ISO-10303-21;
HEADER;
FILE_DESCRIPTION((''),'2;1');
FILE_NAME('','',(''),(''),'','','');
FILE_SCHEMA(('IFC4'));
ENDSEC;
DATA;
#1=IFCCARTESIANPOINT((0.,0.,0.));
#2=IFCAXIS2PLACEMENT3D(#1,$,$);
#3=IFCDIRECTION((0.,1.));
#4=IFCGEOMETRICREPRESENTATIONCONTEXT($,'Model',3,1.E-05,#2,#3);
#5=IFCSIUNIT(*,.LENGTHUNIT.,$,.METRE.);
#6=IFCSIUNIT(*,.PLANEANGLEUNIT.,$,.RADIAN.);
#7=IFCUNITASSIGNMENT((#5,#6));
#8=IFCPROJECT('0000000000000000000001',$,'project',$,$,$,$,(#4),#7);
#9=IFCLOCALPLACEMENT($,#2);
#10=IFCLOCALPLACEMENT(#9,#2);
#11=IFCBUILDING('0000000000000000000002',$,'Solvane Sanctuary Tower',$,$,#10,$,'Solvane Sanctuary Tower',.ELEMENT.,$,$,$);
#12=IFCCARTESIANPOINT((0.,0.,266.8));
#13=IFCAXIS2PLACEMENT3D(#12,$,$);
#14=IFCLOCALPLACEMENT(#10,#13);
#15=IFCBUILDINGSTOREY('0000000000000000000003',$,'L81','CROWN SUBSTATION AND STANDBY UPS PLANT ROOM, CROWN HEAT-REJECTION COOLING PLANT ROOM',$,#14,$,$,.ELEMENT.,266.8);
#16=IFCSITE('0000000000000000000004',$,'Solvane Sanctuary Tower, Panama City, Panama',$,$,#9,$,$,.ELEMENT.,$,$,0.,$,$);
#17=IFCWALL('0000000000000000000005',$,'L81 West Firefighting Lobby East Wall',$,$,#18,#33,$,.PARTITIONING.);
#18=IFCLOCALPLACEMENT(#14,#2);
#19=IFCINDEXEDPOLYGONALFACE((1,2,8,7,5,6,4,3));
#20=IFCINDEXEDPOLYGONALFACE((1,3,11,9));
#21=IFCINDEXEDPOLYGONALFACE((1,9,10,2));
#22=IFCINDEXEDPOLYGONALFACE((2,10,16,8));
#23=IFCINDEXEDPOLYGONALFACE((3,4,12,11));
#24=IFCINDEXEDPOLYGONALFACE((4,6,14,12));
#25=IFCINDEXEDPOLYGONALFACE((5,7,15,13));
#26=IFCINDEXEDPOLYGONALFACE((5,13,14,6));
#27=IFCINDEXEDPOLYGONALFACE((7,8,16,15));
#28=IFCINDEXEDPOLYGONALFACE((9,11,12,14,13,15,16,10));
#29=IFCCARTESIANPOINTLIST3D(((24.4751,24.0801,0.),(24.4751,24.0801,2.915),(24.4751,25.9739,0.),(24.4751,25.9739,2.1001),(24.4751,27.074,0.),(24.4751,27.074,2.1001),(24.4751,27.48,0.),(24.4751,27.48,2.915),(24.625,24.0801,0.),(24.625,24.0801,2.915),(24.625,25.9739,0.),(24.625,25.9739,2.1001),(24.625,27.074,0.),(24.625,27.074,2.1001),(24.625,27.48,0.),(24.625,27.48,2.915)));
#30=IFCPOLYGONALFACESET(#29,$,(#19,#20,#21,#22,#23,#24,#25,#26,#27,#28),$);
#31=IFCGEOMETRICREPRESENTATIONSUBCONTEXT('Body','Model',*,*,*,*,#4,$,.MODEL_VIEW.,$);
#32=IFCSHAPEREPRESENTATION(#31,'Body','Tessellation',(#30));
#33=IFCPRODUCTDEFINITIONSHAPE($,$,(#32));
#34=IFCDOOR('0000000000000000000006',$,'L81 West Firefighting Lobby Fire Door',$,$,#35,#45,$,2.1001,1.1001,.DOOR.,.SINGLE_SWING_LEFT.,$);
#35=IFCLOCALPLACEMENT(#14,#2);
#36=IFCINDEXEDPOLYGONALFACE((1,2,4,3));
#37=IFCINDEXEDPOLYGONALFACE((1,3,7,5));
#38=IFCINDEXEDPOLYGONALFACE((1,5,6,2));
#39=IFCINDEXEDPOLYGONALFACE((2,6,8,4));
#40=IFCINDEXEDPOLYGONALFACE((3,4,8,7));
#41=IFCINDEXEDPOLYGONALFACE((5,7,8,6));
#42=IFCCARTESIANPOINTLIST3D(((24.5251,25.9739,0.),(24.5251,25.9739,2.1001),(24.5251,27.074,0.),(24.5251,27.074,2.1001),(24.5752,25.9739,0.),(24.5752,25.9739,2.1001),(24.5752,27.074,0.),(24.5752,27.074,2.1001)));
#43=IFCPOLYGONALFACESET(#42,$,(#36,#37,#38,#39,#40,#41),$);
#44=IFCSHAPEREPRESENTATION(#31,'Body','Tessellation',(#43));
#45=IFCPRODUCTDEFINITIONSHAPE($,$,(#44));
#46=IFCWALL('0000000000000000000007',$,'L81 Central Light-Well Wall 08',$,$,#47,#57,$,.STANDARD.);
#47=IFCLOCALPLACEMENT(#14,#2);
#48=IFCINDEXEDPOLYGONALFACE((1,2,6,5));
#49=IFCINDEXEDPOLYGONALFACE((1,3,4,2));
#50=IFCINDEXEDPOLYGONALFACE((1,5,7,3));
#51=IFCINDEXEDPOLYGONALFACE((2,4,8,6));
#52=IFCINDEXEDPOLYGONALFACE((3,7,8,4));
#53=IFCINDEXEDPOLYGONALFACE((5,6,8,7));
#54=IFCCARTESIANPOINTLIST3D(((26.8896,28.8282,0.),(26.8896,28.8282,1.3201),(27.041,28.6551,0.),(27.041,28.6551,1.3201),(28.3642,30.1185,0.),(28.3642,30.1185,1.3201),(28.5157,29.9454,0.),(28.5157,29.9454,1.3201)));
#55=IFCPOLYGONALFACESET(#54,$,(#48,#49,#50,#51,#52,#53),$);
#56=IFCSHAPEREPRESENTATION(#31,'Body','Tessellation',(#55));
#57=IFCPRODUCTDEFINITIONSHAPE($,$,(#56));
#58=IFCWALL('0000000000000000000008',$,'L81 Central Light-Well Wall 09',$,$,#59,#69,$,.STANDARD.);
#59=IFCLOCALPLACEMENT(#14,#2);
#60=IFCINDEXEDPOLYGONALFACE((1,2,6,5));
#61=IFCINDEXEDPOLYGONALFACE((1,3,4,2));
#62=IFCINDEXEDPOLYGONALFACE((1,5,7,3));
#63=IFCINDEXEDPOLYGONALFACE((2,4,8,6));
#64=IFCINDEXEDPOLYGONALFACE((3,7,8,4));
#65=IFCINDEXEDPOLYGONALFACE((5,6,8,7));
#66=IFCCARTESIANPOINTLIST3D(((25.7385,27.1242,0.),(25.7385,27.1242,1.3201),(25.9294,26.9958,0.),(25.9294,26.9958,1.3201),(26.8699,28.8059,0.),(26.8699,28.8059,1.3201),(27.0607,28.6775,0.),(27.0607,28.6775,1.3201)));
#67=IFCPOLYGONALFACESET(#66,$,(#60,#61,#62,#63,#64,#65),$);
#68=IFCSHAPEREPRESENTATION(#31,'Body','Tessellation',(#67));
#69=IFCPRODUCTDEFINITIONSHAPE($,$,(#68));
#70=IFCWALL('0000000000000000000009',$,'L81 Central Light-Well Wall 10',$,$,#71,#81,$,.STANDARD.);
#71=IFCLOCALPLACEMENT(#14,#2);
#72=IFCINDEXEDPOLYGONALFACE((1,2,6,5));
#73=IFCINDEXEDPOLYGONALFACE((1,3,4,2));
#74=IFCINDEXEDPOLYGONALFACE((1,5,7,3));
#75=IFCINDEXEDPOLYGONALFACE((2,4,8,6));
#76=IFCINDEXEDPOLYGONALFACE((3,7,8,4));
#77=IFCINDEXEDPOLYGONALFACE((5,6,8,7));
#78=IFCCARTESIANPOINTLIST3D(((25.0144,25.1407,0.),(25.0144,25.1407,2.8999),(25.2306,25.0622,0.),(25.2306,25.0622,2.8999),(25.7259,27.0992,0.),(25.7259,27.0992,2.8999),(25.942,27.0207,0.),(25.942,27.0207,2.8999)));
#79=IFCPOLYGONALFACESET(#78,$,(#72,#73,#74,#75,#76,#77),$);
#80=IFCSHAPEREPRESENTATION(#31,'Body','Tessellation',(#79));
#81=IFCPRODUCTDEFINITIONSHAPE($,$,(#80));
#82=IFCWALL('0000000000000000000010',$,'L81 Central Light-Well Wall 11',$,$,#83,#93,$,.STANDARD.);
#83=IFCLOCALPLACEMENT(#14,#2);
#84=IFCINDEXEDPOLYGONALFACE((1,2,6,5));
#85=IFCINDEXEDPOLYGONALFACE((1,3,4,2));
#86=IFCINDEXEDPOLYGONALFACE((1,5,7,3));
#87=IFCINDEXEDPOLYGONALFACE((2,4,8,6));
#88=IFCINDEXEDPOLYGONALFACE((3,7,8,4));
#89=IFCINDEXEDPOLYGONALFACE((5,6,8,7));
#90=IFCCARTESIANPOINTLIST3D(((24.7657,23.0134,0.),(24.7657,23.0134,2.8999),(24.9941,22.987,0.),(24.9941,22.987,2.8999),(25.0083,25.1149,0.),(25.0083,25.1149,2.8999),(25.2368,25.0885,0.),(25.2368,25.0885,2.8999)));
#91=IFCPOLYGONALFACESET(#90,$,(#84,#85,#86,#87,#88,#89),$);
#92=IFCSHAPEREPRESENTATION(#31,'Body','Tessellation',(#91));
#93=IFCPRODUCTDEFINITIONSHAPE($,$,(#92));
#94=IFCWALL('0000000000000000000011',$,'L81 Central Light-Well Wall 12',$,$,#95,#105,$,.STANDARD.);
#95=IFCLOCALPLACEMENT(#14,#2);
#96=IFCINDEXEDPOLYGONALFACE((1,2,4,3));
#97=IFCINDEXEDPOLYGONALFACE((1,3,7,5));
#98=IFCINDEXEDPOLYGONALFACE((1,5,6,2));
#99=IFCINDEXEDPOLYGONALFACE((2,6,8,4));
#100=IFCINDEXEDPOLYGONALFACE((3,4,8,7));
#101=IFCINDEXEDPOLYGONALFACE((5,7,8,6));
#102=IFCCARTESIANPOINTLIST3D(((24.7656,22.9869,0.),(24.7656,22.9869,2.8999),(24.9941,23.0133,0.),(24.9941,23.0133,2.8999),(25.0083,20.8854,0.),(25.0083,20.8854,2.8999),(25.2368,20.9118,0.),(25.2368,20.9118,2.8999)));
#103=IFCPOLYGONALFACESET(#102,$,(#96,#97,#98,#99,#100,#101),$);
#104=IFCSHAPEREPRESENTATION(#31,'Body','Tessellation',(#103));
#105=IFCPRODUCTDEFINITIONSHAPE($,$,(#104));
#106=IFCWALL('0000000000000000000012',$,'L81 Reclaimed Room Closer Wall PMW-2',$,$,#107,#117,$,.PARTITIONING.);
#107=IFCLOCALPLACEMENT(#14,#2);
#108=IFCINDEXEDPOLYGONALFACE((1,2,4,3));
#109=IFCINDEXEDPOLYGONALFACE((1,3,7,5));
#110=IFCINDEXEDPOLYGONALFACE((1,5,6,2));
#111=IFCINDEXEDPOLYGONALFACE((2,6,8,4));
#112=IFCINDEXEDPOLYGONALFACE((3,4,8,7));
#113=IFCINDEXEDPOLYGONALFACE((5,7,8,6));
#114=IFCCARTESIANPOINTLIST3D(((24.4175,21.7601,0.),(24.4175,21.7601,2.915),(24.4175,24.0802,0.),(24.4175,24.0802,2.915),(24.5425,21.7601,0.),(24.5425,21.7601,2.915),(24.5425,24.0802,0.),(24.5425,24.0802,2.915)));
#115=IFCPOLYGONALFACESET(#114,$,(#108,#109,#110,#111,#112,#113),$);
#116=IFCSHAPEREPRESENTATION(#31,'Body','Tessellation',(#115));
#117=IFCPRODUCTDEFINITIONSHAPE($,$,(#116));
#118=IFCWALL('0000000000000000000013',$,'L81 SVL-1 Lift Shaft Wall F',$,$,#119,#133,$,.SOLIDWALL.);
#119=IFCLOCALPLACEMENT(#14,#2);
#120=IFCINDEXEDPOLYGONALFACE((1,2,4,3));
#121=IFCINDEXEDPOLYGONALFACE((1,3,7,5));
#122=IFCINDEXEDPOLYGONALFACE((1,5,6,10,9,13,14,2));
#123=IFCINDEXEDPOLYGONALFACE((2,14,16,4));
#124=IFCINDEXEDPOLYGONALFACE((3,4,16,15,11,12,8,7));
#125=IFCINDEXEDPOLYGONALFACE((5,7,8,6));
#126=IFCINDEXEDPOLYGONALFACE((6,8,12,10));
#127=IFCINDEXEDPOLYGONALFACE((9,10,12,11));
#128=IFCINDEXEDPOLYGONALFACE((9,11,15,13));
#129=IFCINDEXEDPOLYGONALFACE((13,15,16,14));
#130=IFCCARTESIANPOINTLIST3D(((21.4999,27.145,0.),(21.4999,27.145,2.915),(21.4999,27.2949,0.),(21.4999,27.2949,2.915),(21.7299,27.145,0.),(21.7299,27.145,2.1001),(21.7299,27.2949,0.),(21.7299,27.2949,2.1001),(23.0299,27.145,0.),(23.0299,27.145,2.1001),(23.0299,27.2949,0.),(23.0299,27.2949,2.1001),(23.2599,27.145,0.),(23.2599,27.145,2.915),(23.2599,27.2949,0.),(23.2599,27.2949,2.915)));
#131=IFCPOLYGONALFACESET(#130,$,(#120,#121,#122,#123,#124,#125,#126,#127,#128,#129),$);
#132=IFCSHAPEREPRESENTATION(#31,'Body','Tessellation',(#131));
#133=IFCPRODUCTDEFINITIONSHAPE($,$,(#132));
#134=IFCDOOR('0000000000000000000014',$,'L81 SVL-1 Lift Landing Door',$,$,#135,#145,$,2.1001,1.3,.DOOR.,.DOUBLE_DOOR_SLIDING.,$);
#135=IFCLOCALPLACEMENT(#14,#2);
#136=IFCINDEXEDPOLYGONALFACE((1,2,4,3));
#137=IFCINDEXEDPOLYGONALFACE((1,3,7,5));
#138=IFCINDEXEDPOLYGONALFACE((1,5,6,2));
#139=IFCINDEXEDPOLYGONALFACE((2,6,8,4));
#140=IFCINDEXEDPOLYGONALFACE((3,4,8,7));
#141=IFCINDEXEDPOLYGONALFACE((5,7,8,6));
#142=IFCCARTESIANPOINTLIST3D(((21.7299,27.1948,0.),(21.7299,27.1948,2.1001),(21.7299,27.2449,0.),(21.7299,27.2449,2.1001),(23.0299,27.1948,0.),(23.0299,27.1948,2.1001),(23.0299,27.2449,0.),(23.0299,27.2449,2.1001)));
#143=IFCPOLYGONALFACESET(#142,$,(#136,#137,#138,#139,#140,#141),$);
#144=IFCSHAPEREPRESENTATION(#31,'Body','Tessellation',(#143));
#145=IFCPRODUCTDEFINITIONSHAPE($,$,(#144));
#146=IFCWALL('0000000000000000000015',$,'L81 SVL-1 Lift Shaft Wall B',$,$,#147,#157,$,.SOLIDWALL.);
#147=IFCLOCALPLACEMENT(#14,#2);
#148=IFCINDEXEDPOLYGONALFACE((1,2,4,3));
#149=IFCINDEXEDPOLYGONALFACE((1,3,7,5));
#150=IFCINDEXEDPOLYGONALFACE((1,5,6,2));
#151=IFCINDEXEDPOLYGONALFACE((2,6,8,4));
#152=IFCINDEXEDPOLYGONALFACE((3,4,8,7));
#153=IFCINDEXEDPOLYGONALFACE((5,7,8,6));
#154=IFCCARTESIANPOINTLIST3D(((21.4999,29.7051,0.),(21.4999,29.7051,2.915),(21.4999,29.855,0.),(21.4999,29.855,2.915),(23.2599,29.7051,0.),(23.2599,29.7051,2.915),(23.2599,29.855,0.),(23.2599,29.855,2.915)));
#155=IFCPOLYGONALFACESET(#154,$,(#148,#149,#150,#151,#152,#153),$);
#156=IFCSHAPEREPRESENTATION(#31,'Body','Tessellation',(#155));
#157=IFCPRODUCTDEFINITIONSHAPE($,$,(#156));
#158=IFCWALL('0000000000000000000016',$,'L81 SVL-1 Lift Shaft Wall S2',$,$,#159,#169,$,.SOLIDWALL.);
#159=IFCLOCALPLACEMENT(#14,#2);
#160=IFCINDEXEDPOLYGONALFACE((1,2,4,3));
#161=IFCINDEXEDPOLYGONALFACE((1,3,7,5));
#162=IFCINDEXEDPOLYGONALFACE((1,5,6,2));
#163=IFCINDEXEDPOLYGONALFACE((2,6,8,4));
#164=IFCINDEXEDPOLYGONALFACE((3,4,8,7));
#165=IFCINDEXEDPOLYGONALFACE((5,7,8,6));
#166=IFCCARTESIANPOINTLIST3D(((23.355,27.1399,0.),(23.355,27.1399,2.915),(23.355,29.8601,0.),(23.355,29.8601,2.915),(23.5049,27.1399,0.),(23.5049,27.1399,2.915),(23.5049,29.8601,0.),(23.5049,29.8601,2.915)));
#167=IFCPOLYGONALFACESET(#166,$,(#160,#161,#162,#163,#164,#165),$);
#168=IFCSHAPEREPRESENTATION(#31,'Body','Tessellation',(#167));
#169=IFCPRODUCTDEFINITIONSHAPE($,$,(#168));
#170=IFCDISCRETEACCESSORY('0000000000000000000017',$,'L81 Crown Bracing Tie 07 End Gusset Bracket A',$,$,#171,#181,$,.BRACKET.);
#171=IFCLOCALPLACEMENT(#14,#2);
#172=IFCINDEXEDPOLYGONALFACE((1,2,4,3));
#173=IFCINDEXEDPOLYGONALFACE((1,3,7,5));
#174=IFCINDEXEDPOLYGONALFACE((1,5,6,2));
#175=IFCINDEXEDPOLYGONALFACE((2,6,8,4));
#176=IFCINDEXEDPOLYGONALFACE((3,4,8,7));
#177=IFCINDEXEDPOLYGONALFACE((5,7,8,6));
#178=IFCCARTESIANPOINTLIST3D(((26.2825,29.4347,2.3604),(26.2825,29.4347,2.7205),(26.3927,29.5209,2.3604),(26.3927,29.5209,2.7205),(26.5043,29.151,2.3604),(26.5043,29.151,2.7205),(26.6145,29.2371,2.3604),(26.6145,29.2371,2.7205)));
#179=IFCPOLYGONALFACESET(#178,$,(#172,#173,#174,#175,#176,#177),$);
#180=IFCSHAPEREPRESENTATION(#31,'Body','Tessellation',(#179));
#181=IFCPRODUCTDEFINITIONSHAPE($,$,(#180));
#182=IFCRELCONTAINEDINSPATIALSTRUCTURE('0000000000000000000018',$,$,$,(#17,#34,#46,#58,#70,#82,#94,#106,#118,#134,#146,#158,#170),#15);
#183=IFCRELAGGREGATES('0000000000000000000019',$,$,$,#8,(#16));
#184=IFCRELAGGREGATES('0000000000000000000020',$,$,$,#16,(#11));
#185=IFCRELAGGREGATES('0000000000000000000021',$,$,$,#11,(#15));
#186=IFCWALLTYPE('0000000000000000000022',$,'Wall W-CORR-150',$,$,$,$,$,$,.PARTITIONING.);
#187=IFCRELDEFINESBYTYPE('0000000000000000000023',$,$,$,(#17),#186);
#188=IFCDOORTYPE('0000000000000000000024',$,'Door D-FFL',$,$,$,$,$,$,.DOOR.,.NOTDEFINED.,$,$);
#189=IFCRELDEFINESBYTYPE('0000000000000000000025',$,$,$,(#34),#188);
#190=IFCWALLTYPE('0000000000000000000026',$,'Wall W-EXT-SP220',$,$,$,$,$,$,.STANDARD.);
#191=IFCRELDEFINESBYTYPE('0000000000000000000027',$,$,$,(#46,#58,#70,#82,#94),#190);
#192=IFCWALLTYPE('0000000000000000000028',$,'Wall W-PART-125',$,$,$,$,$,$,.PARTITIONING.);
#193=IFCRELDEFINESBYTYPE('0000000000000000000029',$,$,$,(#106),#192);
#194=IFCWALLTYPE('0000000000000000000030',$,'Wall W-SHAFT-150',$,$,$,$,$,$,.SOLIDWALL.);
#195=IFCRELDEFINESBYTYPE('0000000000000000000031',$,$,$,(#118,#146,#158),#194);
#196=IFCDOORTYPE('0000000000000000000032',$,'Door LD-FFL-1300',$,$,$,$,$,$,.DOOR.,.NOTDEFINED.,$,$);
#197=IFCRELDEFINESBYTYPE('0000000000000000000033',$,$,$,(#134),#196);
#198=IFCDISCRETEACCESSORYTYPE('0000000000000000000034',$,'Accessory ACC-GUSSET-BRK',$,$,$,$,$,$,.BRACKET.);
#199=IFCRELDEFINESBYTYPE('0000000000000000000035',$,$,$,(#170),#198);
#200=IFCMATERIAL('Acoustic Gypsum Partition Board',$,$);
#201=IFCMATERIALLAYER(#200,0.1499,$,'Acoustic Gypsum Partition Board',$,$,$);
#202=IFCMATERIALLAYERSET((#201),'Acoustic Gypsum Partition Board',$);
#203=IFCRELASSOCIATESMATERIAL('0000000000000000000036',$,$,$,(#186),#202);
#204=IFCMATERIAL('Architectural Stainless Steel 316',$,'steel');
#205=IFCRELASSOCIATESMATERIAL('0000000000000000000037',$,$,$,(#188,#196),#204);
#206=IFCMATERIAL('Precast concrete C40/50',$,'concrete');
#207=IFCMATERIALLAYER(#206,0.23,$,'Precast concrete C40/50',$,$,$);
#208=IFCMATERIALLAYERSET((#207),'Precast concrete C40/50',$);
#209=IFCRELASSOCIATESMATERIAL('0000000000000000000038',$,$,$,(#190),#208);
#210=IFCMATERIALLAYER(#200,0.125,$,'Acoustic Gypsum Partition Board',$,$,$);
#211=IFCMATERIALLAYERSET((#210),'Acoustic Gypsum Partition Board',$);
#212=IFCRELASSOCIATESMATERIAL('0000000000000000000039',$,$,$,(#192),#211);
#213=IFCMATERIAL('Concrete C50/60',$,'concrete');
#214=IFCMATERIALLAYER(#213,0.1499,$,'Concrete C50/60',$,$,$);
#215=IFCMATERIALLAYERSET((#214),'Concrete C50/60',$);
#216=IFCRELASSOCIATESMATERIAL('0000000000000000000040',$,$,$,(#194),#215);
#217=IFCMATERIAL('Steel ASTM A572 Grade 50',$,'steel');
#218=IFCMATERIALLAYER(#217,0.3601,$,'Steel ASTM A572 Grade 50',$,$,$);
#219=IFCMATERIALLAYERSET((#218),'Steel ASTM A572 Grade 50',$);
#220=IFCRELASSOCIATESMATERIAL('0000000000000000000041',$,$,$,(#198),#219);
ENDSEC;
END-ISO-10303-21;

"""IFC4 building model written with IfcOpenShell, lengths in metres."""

from ifc_helpers import new_model, si_unit, direction, frame, frame_2d, origin, origin_2d, place, context, subcontext, project, spatial, rectangle, extrude, material, layer, layer_set, type_object, element, fill, save


model = new_model("IFC4")

# Units and contexts
model_context = context("Model", 3, precision=1e-05, world=origin(), true_north=direction((0.0, 1.0)))
body_context = subcontext(model_context, "Body", "Model", "MODEL_VIEW")
ifc_project = project(units=[si_unit("LENGTHUNIT", "METRE"), si_unit("PLANEANGLEUNIT", "RADIAN")], contexts=[model_context])

# Site, building, storey
site_placement = place(None, origin())
site = spatial("IfcSite", under=ifc_project, at=site_placement, Name="Solvane Sanctuary Tower, Panama City, Panama", CompositionType="ELEMENT", RefElevation=0.0)
building_placement = place(site_placement, origin())
building = spatial("IfcBuilding", under=site, at=building_placement, Name="Solvane Sanctuary Tower", LongName="Solvane Sanctuary Tower", CompositionType="ELEMENT")
storey_placement = place(building_placement, frame((0.0, 0.0, 266.8)))
storey = spatial("IfcBuildingStorey", under=building, at=storey_placement, Name="L81", Description="CROWN SUBSTATION AND STANDBY UPS PLANT ROOM, CROWN HEAT-REJECTION COOLING PLANT ROOM", CompositionType="ELEMENT", Elevation=266.8)

# Shared definitions
ifc_material_1 = material(Name="Concrete C50/60", Category="concrete")

# Wall, opening, door
ifc_material_2 = material(Name="Acoustic Gypsum Partition Board")
ifc_layer_1 = layer(ifc_material_2, 0.1499, Name="Acoustic Gypsum Partition Board")
ifc_layer_set_1 = layer_set([ifc_layer_1], Name="Acoustic Gypsum Partition Board")
wall_type_1 = type_object("IfcWallType", Name="Wall W-CORR-150", PredefinedType="PARTITIONING", material=ifc_layer_set_1)
wall_1_placement = place(storey_placement, frame((24.55, 24.0801, 0.0), z_axis=(0.0, 0.0, 1.0), x_axis=(0.0, 1.0, 0.0)))
wall_1 = element("IfcWall", 1, at=wall_1_placement, inside=storey, type_object=wall_type_1, Name="L81 West Firefighting Lobby East Wall", PredefinedType="PARTITIONING", context=body_context, shape_type="SweptSolid", body=[
    extrude(rectangle(XDim=3.3999, YDim=0.1499, at=frame_2d((1.7, 0.0))), origin(), (0.0, 0.0, 1.0), 2.915),
])
opening_1_placement = place(wall_1_placement, frame((1.8938, 0.0, 0.0)))
opening_1 = element("IfcOpeningElement", 2, at=opening_1_placement, cuts=wall_1, PredefinedType="OPENING", context=body_context, shape_type="SweptSolid", body=[
    extrude(rectangle(XDim=1.1001, YDim=2.1001, at=frame_2d((0.55, 1.05))), frame((0.0, 0.085, 0.0), z_axis=(0.0, -1.0, 0.0), x_axis=(1.0, 0.0, 0.0)), (0.0, 0.0, 1.0), 0.1699),
])
ifc_material_3 = material(Name="Architectural Stainless Steel 316", Category="steel")
door_type_1 = type_object("IfcDoorType", Name="Door D-FFL", OperationType="NOTDEFINED", PredefinedType="DOOR", material=ifc_material_3)
door_1_placement = place(opening_1_placement, origin())
door_1 = element("IfcDoor", 3, at=door_1_placement, inside=storey, type_object=door_type_1, Name="L81 West Firefighting Lobby Fire Door", OperationType="SINGLE_SWING_LEFT", OverallHeight=2.1001, OverallWidth=1.1001, PredefinedType="DOOR", context=body_context, shape_type="SweptSolid", body=[
    extrude(rectangle(XDim=1.1001, YDim=2.1001, at=frame_2d((0.55, 1.05))), frame((0.0, 0.0249, 0.0), z_axis=(0.0, -1.0, 0.0), x_axis=(1.0, 0.0, 0.0)), (0.0, 0.0, 1.0), 0.05),
])
fill(opening_1, door_1)

# Walls
ifc_material_4 = material(Name="Precast concrete C40/50", Category="concrete")
ifc_layer_2 = layer(ifc_material_4, 0.23, Name="Precast concrete C40/50")
ifc_layer_set_2 = layer_set([ifc_layer_2], Name="Precast concrete C40/50")
wall_type_2 = type_object("IfcWallType", Name="Wall W-EXT-SP220", PredefinedType="STANDARD", material=ifc_layer_set_2)
wall_2_placement = place(storey_placement, frame((28.4399, 30.032, 0.0), z_axis=(0.0, 0.0, 1.0), x_axis=(-0.752577, -0.658505, 0.0)))
element("IfcWall", 4, at=wall_2_placement, inside=storey, type_object=wall_type_2, Name="L81 Central Light-Well Wall 08", PredefinedType="STANDARD", context=body_context, shape_type="SweptSolid", body=[
    extrude(rectangle(XDim=1.9595, YDim=0.23, at=frame_2d((0.9797, 0.0))), origin(), (0.0, 0.0, 1.0), 1.3201),
])
wall_3_placement = place(storey_placement, frame((26.9653, 28.7417, 0.0), z_axis=(0.0, 0.0, 1.0), x_axis=(-0.558198, -0.829708, 0.0)))
element("IfcWall", 5, at=wall_3_placement, inside=storey, type_object=wall_type_2, Name="L81 Central Light-Well Wall 09", PredefinedType="STANDARD", context=body_context, shape_type="SweptSolid", body=[
    extrude(rectangle(XDim=2.0269, YDim=0.23, at=frame_2d((1.0134, 0.0))), origin(), (0.0, 0.0, 1.0), 1.3201),
])
wall_4_placement = place(storey_placement, frame((25.834, 27.0601, 0.0), z_axis=(0.0, 0.0, 1.0), x_axis=(-0.341423, -0.93991, 0.0)))
element("IfcWall", 6, at=wall_4_placement, inside=storey, type_object=wall_type_2, Name="L81 Central Light-Well Wall 10", PredefinedType="STANDARD", context=body_context, shape_type="SweptSolid", body=[
    extrude(rectangle(XDim=2.0837, YDim=0.23, at=frame_2d((1.042, 0.0))), origin(), (0.0, 0.0, 1.0), 2.8999),
])
for number, where, z_axis, x_axis, name in (
    (7, (25.1226, 25.1016, 0.0), (0.0, 0.0, 1.0), (-0.114712, -0.993399, 0.0), "L81 Central Light-Well Wall 11"),
    (8, (24.8799, 23.0, 0.0), (0.0, 0.0, 1.0), (0.114712, -0.993399, 0.0), "L81 Central Light-Well Wall 12"),
):
    element("IfcWall", number, at=place(storey_placement, frame(where, z_axis=z_axis, x_axis=x_axis)), inside=storey, type_object=wall_type_2, Name=name, PredefinedType="STANDARD", context=body_context, shape_type="SweptSolid", body=[
        extrude(rectangle(XDim=2.1155, YDim=0.23, at=frame_2d((1.0576, 0.0))), origin(), (0.0, 0.0, 1.0), 2.8999),
    ])
ifc_layer_3 = layer(ifc_material_2, 0.125, Name="Acoustic Gypsum Partition Board")
ifc_layer_set_3 = layer_set([ifc_layer_3], Name="Acoustic Gypsum Partition Board")
wall_type_3 = type_object("IfcWallType", Name="Wall W-PART-125", PredefinedType="PARTITIONING", material=ifc_layer_set_3)
wall_5_placement = place(storey_placement, frame((24.48, 21.76, 0.0), z_axis=(0.0, 0.0, 1.0), x_axis=(0.0, 1.0, 0.0)))
element("IfcWall", 9, at=wall_5_placement, inside=storey, type_object=wall_type_3, Name="L81 Reclaimed Room Closer Wall PMW-2", PredefinedType="PARTITIONING", context=body_context, shape_type="SweptSolid", body=[
    extrude(rectangle(XDim=2.3201, YDim=0.125, at=frame_2d((1.1602, 0.0))), origin(), (0.0, 0.0, 1.0), 2.915),
])

# Wall, opening, door
ifc_layer_4 = layer(ifc_material_1, 0.1499, Name="Concrete C50/60")
ifc_layer_set_4 = layer_set([ifc_layer_4], Name="Concrete C50/60")
wall_type_4 = type_object("IfcWallType", Name="Wall W-SHAFT-150", PredefinedType="SOLIDWALL", material=ifc_layer_set_4)
wall_6_placement = place(storey_placement, frame((21.5, 27.22, 0.0), z_axis=(0.0, 0.0, 1.0), x_axis=(1.0, 0.0, 0.0)))
wall_6 = element("IfcWall", 10, at=wall_6_placement, inside=storey, type_object=wall_type_4, Name="L81 SVL-1 Lift Shaft Wall F", PredefinedType="SOLIDWALL", context=body_context, shape_type="SweptSolid", body=[
    extrude(rectangle(XDim=1.76, YDim=0.1499, at=frame_2d((0.8799, 0.0))), origin(), (0.0, 0.0, 1.0), 2.915),
])
opening_2_placement = place(wall_6_placement, frame((0.23, 0.0, 0.0)))
opening_2 = element("IfcOpeningElement", 11, at=opening_2_placement, cuts=wall_6, PredefinedType="OPENING", context=body_context, shape_type="SweptSolid", body=[
    extrude(rectangle(XDim=1.3, YDim=2.1001, at=frame_2d((0.6499, 1.05))), frame((0.0, 0.085, 0.0), z_axis=(0.0, -1.0, 0.0), x_axis=(1.0, 0.0, 0.0)), (0.0, 0.0, 1.0), 0.1699),
])
door_type_2 = type_object("IfcDoorType", Name="Door LD-FFL-1300", OperationType="NOTDEFINED", PredefinedType="DOOR", material=ifc_material_3)
door_2_placement = place(opening_2_placement, origin())
door_2 = element("IfcDoor", 12, at=door_2_placement, inside=storey, type_object=door_type_2, Name="L81 SVL-1 Lift Landing Door", OperationType="DOUBLE_DOOR_SLIDING", OverallHeight=2.1001, OverallWidth=1.3, PredefinedType="DOOR", context=body_context, shape_type="SweptSolid", body=[
    extrude(rectangle(XDim=1.3, YDim=2.1001, at=frame_2d((0.6499, 1.05))), frame((0.0, 0.0249, 0.0), z_axis=(0.0, -1.0, 0.0), x_axis=(1.0, 0.0, 0.0)), (0.0, 0.0, 1.0), 0.05),
])
fill(opening_2, door_2)

# Walls
wall_7_placement = place(storey_placement, frame((21.5, 29.78, 0.0), z_axis=(0.0, 0.0, 1.0), x_axis=(1.0, 0.0, 0.0)))
element("IfcWall", 13, at=wall_7_placement, inside=storey, type_object=wall_type_4, Name="L81 SVL-1 Lift Shaft Wall B", PredefinedType="SOLIDWALL", context=body_context, shape_type="SweptSolid", body=[
    extrude(rectangle(XDim=1.76, YDim=0.1499, at=frame_2d((0.8799, 0.0))), origin(), (0.0, 0.0, 1.0), 2.915),
])
wall_8_placement = place(storey_placement, frame((23.4299, 27.1399, 0.0), z_axis=(0.0, 0.0, 1.0), x_axis=(0.0, 1.0, 0.0)))
element("IfcWall", 14, at=wall_8_placement, inside=storey, type_object=wall_type_4, Name="L81 SVL-1 Lift Shaft Wall S2", PredefinedType="SOLIDWALL", context=body_context, shape_type="SweptSolid", body=[
    extrude(rectangle(XDim=2.7202, YDim=0.1499, at=frame_2d((1.3601, 0.0))), origin(), (0.0, 0.0, 1.0), 2.915),
])

# Discrete accessory
ifc_material_5 = material(Name="Steel ASTM A572 Grade 50", Category="steel")
ifc_layer_5 = layer(ifc_material_5, 0.3601, Name="Steel ASTM A572 Grade 50")
ifc_layer_set_5 = layer_set([ifc_layer_5], Name="Steel ASTM A572 Grade 50")
discrete_accessory_type = type_object("IfcDiscreteAccessoryType", Name="Accessory ACC-GUSSET-BRK", PredefinedType="BRACKET", material=ifc_layer_set_5)
discrete_accessory_placement = place(storey_placement, frame((26.4485, 29.3359, 2.3604), z_axis=(0.0, 0.0, 1.0), x_axis=(-0.615799, 0.787903, 0.0)))
element("IfcDiscreteAccessory", 15, at=discrete_accessory_placement, inside=storey, type_object=discrete_accessory_type, Name="L81 Crown Bracing Tie 07 End Gusset Bracket A", PredefinedType="BRACKET", context=body_context, shape_type="SweptSolid", body=[
    extrude(rectangle(XDim=0.3601, YDim=0.1399, at=origin_2d()), origin(), (0.0, 0.0, 1.0), 0.3601),
])

save(model, "model.ifc")
